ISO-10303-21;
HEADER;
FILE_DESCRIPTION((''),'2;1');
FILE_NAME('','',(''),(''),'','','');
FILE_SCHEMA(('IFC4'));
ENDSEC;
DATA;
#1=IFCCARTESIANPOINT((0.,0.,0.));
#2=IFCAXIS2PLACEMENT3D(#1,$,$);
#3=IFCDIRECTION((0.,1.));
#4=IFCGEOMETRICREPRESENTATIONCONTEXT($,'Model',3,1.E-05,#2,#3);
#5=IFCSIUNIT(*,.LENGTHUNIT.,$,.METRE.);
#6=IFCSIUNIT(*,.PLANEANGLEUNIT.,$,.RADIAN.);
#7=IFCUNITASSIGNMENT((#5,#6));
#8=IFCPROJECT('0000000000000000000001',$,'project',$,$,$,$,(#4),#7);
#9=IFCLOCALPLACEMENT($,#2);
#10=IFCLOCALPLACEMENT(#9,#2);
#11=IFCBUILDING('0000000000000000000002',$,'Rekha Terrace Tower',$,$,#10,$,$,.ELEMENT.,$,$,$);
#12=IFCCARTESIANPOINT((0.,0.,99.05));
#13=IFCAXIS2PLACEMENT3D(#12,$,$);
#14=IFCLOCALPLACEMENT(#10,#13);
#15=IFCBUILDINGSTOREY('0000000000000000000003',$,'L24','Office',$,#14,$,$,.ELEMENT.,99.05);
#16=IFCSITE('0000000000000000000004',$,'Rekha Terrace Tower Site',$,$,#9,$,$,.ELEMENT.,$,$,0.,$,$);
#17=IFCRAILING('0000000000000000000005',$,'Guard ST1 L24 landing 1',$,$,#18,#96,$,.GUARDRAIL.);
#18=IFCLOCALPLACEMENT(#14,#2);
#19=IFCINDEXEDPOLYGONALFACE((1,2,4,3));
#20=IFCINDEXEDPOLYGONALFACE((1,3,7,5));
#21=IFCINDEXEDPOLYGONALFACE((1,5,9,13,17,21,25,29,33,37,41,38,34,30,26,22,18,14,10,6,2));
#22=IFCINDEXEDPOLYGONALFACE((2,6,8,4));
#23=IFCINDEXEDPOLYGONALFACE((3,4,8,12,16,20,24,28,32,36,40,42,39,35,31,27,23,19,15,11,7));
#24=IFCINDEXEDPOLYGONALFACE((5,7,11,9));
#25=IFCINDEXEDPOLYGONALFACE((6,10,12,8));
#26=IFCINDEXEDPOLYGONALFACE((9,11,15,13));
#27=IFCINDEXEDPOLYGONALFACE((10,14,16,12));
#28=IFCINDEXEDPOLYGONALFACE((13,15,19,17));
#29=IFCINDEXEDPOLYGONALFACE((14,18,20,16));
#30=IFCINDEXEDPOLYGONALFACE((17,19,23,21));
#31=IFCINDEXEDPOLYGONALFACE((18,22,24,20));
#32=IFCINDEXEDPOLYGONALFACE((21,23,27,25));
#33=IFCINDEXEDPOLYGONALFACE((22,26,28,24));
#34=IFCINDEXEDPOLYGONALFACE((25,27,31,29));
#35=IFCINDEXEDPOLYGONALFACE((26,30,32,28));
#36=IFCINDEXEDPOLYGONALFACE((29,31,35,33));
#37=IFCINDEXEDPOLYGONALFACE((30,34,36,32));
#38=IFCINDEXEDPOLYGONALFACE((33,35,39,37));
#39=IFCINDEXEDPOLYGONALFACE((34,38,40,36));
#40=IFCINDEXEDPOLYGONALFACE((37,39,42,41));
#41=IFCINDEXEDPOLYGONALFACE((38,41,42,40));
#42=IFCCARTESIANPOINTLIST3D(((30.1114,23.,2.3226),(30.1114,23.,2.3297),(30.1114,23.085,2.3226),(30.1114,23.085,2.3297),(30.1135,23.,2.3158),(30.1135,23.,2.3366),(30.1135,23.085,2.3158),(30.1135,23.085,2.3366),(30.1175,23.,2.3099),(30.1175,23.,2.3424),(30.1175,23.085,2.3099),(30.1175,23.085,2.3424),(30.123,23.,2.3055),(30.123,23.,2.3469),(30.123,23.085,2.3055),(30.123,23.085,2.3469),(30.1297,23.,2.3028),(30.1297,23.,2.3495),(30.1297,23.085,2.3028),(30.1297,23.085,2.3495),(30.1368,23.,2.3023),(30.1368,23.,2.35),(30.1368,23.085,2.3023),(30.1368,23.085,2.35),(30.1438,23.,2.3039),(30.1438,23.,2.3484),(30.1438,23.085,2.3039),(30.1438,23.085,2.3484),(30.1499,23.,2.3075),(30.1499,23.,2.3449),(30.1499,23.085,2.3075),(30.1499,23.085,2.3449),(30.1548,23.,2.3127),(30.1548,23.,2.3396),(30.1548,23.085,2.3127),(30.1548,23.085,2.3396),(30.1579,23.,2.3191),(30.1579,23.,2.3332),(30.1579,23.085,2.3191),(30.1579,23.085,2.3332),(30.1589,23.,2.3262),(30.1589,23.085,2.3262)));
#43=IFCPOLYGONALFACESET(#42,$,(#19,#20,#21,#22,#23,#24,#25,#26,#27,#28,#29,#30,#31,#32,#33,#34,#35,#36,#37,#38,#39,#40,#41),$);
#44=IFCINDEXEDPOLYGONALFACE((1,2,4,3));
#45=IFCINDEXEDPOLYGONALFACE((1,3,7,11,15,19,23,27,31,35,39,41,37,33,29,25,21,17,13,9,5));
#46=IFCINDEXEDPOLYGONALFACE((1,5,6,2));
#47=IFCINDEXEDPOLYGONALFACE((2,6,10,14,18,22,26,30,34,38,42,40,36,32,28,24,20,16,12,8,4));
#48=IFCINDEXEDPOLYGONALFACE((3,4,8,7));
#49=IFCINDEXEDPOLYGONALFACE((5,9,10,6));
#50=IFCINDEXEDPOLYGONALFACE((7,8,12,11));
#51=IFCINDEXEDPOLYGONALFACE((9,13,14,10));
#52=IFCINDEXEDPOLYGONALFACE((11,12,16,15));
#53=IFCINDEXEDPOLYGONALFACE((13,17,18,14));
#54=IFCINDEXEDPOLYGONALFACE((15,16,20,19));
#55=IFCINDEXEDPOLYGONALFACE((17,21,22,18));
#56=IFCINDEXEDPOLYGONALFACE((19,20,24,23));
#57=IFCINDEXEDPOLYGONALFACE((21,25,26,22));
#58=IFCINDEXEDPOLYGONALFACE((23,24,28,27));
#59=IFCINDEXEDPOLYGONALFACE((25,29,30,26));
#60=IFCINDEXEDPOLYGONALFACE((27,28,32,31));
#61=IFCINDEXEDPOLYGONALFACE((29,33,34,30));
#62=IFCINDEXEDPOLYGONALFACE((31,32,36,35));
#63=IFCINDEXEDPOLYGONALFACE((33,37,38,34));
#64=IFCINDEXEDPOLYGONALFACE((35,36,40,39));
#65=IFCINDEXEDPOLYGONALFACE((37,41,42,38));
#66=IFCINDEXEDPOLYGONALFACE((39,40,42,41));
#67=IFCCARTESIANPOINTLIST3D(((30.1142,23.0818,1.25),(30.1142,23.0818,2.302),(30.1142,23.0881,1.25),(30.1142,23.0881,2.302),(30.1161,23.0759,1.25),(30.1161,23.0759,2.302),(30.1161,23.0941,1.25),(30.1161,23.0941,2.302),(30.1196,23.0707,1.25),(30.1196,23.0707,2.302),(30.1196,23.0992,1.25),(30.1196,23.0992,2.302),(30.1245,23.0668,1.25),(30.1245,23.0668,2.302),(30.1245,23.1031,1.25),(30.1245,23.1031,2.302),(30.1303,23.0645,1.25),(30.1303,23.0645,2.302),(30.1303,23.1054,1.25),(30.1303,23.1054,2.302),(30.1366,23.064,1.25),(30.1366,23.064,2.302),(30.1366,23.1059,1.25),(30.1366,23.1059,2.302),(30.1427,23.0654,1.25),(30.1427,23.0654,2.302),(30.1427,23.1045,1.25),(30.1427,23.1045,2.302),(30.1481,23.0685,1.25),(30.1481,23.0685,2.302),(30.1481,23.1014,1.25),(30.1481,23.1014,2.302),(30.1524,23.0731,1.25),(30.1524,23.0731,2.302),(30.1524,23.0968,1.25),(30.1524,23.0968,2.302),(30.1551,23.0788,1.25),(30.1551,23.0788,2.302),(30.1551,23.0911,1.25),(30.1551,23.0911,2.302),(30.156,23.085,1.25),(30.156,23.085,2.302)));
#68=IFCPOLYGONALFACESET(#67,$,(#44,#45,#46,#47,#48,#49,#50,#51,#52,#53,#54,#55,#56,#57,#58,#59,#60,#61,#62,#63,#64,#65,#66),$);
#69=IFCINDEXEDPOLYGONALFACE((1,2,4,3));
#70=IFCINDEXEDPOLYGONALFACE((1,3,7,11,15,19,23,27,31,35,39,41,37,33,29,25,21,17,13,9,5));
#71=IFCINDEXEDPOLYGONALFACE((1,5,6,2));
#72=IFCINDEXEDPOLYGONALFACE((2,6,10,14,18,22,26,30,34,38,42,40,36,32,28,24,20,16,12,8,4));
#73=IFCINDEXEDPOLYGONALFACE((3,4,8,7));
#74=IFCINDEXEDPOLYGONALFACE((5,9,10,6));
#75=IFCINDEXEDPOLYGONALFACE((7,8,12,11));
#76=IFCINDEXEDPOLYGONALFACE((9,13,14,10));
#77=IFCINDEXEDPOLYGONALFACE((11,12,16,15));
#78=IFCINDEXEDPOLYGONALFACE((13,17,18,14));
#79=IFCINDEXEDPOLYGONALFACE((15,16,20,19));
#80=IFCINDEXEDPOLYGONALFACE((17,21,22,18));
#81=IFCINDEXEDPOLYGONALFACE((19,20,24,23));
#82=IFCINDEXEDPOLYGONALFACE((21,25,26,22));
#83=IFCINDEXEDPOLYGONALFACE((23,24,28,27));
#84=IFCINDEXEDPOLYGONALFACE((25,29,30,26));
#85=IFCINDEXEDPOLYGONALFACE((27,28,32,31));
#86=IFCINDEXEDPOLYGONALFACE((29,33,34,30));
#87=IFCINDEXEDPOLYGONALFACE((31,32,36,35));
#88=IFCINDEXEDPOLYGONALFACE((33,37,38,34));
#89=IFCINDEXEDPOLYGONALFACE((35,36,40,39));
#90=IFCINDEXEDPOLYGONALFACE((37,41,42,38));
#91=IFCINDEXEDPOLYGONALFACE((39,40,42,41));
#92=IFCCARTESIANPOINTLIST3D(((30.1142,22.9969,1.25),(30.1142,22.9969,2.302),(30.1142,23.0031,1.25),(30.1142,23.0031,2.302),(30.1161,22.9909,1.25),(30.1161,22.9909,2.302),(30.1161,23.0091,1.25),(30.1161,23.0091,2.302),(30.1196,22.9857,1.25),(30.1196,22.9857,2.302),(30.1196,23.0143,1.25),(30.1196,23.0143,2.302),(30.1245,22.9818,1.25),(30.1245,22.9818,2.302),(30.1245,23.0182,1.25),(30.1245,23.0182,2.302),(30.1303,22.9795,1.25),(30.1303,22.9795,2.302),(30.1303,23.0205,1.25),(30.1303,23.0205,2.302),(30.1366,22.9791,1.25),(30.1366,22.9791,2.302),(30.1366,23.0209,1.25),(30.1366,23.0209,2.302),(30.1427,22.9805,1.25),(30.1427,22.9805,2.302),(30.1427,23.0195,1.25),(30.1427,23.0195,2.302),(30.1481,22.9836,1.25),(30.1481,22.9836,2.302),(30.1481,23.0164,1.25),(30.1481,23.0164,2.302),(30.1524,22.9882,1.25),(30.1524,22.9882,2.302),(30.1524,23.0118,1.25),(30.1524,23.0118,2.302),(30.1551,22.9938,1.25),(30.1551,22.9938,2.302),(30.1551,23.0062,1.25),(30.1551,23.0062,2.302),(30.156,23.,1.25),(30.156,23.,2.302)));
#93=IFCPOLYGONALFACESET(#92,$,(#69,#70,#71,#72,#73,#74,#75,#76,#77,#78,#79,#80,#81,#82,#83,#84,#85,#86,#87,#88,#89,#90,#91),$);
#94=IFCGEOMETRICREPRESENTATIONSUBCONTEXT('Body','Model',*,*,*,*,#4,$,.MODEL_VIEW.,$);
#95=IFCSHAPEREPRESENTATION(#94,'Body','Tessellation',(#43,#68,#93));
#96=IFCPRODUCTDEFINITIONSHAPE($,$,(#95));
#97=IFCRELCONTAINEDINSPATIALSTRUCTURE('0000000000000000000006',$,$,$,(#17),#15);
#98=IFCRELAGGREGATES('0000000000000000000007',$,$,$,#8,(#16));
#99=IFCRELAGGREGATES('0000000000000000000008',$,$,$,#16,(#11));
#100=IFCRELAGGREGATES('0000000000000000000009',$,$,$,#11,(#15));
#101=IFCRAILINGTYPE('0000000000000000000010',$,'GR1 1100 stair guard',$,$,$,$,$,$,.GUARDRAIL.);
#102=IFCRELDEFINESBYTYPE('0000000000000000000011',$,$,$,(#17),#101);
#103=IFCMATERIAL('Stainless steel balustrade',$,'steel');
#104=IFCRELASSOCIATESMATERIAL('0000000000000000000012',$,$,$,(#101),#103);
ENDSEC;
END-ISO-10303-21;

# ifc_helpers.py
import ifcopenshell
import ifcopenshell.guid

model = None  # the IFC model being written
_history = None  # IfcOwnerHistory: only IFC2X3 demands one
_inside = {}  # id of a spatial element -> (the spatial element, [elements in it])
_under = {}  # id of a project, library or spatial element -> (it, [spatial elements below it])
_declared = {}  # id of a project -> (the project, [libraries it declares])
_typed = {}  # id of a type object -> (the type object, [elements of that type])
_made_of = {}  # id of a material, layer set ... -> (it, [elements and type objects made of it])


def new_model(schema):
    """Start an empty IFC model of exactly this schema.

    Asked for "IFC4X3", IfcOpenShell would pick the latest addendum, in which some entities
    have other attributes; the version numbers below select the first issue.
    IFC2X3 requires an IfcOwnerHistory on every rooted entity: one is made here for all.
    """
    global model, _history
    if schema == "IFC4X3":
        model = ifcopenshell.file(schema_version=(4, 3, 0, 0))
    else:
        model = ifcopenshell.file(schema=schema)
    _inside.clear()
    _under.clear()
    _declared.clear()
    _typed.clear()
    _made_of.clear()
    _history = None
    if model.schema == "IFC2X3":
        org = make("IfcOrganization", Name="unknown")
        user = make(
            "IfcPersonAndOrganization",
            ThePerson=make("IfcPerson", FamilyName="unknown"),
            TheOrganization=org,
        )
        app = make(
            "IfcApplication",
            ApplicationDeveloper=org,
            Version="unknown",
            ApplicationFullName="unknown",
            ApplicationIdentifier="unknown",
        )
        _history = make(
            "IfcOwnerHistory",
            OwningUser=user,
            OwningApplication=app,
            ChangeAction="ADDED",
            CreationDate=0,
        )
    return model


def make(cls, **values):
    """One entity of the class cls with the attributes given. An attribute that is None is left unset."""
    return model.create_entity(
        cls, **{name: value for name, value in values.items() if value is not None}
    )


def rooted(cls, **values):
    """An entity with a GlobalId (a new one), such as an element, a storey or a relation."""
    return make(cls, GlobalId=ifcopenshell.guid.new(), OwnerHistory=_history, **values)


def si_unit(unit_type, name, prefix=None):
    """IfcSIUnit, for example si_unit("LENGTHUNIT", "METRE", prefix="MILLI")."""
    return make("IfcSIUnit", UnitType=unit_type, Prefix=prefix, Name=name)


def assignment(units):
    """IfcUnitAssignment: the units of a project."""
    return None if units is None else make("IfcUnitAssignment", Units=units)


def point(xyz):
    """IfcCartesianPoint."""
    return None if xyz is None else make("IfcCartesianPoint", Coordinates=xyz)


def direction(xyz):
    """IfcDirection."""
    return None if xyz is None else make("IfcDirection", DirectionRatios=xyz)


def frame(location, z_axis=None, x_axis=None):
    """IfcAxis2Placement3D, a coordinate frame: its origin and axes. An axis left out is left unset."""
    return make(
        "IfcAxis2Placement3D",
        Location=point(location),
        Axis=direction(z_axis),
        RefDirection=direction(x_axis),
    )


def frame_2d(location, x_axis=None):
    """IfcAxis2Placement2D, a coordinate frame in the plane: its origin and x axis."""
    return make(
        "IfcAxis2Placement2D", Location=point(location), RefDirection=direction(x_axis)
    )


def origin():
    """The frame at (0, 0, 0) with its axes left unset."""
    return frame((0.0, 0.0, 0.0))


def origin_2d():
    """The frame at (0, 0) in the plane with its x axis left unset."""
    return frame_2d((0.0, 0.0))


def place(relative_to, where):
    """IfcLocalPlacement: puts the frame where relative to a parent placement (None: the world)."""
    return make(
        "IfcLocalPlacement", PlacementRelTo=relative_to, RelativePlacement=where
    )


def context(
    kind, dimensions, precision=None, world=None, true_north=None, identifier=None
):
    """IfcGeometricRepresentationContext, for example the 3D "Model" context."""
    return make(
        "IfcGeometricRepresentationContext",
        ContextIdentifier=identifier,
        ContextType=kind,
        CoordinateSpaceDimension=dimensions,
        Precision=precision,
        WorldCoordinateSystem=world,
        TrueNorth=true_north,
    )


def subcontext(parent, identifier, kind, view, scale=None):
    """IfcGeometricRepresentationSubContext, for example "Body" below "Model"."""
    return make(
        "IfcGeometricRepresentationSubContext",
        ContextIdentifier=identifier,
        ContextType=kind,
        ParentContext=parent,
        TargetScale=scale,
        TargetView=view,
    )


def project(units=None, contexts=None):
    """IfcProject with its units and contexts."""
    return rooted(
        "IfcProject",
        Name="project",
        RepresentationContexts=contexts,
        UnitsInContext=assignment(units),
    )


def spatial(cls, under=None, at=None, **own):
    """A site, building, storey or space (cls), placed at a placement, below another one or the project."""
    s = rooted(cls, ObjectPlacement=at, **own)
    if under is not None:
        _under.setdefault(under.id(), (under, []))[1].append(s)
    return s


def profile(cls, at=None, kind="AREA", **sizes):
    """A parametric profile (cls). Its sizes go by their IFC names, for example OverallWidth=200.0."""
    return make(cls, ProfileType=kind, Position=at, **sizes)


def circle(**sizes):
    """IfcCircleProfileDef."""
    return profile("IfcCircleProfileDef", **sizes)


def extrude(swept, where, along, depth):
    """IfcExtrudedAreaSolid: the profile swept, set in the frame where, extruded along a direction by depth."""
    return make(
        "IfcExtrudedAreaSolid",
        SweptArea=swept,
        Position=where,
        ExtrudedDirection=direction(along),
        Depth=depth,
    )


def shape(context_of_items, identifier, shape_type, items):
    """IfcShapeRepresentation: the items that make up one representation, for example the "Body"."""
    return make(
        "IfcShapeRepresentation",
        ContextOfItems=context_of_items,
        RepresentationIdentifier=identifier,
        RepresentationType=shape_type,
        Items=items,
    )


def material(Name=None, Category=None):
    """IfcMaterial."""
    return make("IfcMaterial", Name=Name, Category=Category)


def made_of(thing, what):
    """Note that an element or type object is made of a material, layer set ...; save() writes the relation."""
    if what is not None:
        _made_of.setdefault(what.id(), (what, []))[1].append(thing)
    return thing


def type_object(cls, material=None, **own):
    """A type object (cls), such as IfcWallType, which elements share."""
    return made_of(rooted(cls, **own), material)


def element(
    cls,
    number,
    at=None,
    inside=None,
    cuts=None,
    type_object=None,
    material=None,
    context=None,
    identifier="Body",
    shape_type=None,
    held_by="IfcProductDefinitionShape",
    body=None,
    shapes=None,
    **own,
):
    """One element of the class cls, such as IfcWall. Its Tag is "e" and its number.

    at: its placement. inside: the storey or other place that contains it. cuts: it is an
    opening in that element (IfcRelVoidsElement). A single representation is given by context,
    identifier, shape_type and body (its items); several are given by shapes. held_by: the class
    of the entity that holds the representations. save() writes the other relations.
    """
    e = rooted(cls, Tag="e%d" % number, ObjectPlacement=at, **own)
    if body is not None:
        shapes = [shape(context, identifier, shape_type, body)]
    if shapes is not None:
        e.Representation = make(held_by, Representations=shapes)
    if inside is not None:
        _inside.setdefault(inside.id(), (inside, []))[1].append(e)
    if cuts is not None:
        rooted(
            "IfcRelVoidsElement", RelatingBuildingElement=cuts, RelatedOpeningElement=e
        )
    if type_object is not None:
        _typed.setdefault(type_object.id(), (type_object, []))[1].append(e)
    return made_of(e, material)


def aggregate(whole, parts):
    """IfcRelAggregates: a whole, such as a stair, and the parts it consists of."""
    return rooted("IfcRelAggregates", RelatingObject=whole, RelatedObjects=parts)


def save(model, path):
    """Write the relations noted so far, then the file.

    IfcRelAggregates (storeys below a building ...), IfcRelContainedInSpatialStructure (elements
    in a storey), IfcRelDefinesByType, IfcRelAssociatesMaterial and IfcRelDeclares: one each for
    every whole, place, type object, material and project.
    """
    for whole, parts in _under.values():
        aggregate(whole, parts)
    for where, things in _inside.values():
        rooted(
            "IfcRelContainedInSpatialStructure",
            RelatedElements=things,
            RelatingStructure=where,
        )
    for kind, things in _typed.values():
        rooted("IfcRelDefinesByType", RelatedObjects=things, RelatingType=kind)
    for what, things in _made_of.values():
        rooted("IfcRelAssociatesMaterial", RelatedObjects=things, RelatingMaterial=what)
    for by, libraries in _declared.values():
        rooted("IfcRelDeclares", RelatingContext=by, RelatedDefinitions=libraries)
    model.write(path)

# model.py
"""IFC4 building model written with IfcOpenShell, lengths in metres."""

from ifc_helpers import new_model, si_unit, direction, frame, origin, origin_2d, place, context, subcontext, project, spatial, circle, extrude, material, type_object, element, save


model = new_model("IFC4")

# Units and contexts
model_context = context("Model", 3, precision=1e-05, world=origin(), true_north=direction((0.0, 1.0)))
body_context = subcontext(model_context, "Body", "Model", "MODEL_VIEW")
ifc_project = project(units=[si_unit("LENGTHUNIT", "METRE"), si_unit("PLANEANGLEUNIT", "RADIAN")], contexts=[model_context])

# Site, building, storey
site_placement = place(None, origin())
site = spatial("IfcSite", under=ifc_project, at=site_placement, Name="Rekha Terrace Tower Site", CompositionType="ELEMENT", RefElevation=0.0)
building_placement = place(site_placement, origin())
building = spatial("IfcBuilding", under=site, at=building_placement, Name="Rekha Terrace Tower", CompositionType="ELEMENT")
storey_placement = place(building_placement, frame((0.0, 0.0, 99.05)))
storey = spatial("IfcBuildingStorey", under=building, at=storey_placement, Name="L24", Description="Office", CompositionType="ELEMENT", Elevation=99.05)

# Railing
ifc_material_1 = material(Name="Stainless steel balustrade", Category="steel")
railing_type_1 = type_object("IfcRailingType", Name="GR1 1100 stair guard", PredefinedType="GUARDRAIL", material=ifc_material_1)
railing_1_placement = place(storey_placement, frame((30.135, 23.085, 1.25)))
element("IfcRailing", 1, at=railing_1_placement, inside=storey, type_object=railing_type_1, Name="Guard ST1 L24 landing 1", PredefinedType="GUARDRAIL", context=body_context, shape_type="SweptSolid", body=[
    extrude(circle(Radius=0.0239, at=origin_2d()), frame((0.0, 0.0, 1.0762), z_axis=(0.0, -1.0, 0.0), x_axis=(1.0, 0.0, 0.0)), (0.0, 0.0, 1.0), 0.085),
    extrude(circle(Radius=0.021, at=origin_2d()), origin(), (0.0, 0.0, 1.0), 1.052),
    extrude(circle(Radius=0.021, at=origin_2d()), frame((0.0, -0.085, 0.0)), (0.0, 0.0, 1.0), 1.052),
])

save(model, "model.ifc")
